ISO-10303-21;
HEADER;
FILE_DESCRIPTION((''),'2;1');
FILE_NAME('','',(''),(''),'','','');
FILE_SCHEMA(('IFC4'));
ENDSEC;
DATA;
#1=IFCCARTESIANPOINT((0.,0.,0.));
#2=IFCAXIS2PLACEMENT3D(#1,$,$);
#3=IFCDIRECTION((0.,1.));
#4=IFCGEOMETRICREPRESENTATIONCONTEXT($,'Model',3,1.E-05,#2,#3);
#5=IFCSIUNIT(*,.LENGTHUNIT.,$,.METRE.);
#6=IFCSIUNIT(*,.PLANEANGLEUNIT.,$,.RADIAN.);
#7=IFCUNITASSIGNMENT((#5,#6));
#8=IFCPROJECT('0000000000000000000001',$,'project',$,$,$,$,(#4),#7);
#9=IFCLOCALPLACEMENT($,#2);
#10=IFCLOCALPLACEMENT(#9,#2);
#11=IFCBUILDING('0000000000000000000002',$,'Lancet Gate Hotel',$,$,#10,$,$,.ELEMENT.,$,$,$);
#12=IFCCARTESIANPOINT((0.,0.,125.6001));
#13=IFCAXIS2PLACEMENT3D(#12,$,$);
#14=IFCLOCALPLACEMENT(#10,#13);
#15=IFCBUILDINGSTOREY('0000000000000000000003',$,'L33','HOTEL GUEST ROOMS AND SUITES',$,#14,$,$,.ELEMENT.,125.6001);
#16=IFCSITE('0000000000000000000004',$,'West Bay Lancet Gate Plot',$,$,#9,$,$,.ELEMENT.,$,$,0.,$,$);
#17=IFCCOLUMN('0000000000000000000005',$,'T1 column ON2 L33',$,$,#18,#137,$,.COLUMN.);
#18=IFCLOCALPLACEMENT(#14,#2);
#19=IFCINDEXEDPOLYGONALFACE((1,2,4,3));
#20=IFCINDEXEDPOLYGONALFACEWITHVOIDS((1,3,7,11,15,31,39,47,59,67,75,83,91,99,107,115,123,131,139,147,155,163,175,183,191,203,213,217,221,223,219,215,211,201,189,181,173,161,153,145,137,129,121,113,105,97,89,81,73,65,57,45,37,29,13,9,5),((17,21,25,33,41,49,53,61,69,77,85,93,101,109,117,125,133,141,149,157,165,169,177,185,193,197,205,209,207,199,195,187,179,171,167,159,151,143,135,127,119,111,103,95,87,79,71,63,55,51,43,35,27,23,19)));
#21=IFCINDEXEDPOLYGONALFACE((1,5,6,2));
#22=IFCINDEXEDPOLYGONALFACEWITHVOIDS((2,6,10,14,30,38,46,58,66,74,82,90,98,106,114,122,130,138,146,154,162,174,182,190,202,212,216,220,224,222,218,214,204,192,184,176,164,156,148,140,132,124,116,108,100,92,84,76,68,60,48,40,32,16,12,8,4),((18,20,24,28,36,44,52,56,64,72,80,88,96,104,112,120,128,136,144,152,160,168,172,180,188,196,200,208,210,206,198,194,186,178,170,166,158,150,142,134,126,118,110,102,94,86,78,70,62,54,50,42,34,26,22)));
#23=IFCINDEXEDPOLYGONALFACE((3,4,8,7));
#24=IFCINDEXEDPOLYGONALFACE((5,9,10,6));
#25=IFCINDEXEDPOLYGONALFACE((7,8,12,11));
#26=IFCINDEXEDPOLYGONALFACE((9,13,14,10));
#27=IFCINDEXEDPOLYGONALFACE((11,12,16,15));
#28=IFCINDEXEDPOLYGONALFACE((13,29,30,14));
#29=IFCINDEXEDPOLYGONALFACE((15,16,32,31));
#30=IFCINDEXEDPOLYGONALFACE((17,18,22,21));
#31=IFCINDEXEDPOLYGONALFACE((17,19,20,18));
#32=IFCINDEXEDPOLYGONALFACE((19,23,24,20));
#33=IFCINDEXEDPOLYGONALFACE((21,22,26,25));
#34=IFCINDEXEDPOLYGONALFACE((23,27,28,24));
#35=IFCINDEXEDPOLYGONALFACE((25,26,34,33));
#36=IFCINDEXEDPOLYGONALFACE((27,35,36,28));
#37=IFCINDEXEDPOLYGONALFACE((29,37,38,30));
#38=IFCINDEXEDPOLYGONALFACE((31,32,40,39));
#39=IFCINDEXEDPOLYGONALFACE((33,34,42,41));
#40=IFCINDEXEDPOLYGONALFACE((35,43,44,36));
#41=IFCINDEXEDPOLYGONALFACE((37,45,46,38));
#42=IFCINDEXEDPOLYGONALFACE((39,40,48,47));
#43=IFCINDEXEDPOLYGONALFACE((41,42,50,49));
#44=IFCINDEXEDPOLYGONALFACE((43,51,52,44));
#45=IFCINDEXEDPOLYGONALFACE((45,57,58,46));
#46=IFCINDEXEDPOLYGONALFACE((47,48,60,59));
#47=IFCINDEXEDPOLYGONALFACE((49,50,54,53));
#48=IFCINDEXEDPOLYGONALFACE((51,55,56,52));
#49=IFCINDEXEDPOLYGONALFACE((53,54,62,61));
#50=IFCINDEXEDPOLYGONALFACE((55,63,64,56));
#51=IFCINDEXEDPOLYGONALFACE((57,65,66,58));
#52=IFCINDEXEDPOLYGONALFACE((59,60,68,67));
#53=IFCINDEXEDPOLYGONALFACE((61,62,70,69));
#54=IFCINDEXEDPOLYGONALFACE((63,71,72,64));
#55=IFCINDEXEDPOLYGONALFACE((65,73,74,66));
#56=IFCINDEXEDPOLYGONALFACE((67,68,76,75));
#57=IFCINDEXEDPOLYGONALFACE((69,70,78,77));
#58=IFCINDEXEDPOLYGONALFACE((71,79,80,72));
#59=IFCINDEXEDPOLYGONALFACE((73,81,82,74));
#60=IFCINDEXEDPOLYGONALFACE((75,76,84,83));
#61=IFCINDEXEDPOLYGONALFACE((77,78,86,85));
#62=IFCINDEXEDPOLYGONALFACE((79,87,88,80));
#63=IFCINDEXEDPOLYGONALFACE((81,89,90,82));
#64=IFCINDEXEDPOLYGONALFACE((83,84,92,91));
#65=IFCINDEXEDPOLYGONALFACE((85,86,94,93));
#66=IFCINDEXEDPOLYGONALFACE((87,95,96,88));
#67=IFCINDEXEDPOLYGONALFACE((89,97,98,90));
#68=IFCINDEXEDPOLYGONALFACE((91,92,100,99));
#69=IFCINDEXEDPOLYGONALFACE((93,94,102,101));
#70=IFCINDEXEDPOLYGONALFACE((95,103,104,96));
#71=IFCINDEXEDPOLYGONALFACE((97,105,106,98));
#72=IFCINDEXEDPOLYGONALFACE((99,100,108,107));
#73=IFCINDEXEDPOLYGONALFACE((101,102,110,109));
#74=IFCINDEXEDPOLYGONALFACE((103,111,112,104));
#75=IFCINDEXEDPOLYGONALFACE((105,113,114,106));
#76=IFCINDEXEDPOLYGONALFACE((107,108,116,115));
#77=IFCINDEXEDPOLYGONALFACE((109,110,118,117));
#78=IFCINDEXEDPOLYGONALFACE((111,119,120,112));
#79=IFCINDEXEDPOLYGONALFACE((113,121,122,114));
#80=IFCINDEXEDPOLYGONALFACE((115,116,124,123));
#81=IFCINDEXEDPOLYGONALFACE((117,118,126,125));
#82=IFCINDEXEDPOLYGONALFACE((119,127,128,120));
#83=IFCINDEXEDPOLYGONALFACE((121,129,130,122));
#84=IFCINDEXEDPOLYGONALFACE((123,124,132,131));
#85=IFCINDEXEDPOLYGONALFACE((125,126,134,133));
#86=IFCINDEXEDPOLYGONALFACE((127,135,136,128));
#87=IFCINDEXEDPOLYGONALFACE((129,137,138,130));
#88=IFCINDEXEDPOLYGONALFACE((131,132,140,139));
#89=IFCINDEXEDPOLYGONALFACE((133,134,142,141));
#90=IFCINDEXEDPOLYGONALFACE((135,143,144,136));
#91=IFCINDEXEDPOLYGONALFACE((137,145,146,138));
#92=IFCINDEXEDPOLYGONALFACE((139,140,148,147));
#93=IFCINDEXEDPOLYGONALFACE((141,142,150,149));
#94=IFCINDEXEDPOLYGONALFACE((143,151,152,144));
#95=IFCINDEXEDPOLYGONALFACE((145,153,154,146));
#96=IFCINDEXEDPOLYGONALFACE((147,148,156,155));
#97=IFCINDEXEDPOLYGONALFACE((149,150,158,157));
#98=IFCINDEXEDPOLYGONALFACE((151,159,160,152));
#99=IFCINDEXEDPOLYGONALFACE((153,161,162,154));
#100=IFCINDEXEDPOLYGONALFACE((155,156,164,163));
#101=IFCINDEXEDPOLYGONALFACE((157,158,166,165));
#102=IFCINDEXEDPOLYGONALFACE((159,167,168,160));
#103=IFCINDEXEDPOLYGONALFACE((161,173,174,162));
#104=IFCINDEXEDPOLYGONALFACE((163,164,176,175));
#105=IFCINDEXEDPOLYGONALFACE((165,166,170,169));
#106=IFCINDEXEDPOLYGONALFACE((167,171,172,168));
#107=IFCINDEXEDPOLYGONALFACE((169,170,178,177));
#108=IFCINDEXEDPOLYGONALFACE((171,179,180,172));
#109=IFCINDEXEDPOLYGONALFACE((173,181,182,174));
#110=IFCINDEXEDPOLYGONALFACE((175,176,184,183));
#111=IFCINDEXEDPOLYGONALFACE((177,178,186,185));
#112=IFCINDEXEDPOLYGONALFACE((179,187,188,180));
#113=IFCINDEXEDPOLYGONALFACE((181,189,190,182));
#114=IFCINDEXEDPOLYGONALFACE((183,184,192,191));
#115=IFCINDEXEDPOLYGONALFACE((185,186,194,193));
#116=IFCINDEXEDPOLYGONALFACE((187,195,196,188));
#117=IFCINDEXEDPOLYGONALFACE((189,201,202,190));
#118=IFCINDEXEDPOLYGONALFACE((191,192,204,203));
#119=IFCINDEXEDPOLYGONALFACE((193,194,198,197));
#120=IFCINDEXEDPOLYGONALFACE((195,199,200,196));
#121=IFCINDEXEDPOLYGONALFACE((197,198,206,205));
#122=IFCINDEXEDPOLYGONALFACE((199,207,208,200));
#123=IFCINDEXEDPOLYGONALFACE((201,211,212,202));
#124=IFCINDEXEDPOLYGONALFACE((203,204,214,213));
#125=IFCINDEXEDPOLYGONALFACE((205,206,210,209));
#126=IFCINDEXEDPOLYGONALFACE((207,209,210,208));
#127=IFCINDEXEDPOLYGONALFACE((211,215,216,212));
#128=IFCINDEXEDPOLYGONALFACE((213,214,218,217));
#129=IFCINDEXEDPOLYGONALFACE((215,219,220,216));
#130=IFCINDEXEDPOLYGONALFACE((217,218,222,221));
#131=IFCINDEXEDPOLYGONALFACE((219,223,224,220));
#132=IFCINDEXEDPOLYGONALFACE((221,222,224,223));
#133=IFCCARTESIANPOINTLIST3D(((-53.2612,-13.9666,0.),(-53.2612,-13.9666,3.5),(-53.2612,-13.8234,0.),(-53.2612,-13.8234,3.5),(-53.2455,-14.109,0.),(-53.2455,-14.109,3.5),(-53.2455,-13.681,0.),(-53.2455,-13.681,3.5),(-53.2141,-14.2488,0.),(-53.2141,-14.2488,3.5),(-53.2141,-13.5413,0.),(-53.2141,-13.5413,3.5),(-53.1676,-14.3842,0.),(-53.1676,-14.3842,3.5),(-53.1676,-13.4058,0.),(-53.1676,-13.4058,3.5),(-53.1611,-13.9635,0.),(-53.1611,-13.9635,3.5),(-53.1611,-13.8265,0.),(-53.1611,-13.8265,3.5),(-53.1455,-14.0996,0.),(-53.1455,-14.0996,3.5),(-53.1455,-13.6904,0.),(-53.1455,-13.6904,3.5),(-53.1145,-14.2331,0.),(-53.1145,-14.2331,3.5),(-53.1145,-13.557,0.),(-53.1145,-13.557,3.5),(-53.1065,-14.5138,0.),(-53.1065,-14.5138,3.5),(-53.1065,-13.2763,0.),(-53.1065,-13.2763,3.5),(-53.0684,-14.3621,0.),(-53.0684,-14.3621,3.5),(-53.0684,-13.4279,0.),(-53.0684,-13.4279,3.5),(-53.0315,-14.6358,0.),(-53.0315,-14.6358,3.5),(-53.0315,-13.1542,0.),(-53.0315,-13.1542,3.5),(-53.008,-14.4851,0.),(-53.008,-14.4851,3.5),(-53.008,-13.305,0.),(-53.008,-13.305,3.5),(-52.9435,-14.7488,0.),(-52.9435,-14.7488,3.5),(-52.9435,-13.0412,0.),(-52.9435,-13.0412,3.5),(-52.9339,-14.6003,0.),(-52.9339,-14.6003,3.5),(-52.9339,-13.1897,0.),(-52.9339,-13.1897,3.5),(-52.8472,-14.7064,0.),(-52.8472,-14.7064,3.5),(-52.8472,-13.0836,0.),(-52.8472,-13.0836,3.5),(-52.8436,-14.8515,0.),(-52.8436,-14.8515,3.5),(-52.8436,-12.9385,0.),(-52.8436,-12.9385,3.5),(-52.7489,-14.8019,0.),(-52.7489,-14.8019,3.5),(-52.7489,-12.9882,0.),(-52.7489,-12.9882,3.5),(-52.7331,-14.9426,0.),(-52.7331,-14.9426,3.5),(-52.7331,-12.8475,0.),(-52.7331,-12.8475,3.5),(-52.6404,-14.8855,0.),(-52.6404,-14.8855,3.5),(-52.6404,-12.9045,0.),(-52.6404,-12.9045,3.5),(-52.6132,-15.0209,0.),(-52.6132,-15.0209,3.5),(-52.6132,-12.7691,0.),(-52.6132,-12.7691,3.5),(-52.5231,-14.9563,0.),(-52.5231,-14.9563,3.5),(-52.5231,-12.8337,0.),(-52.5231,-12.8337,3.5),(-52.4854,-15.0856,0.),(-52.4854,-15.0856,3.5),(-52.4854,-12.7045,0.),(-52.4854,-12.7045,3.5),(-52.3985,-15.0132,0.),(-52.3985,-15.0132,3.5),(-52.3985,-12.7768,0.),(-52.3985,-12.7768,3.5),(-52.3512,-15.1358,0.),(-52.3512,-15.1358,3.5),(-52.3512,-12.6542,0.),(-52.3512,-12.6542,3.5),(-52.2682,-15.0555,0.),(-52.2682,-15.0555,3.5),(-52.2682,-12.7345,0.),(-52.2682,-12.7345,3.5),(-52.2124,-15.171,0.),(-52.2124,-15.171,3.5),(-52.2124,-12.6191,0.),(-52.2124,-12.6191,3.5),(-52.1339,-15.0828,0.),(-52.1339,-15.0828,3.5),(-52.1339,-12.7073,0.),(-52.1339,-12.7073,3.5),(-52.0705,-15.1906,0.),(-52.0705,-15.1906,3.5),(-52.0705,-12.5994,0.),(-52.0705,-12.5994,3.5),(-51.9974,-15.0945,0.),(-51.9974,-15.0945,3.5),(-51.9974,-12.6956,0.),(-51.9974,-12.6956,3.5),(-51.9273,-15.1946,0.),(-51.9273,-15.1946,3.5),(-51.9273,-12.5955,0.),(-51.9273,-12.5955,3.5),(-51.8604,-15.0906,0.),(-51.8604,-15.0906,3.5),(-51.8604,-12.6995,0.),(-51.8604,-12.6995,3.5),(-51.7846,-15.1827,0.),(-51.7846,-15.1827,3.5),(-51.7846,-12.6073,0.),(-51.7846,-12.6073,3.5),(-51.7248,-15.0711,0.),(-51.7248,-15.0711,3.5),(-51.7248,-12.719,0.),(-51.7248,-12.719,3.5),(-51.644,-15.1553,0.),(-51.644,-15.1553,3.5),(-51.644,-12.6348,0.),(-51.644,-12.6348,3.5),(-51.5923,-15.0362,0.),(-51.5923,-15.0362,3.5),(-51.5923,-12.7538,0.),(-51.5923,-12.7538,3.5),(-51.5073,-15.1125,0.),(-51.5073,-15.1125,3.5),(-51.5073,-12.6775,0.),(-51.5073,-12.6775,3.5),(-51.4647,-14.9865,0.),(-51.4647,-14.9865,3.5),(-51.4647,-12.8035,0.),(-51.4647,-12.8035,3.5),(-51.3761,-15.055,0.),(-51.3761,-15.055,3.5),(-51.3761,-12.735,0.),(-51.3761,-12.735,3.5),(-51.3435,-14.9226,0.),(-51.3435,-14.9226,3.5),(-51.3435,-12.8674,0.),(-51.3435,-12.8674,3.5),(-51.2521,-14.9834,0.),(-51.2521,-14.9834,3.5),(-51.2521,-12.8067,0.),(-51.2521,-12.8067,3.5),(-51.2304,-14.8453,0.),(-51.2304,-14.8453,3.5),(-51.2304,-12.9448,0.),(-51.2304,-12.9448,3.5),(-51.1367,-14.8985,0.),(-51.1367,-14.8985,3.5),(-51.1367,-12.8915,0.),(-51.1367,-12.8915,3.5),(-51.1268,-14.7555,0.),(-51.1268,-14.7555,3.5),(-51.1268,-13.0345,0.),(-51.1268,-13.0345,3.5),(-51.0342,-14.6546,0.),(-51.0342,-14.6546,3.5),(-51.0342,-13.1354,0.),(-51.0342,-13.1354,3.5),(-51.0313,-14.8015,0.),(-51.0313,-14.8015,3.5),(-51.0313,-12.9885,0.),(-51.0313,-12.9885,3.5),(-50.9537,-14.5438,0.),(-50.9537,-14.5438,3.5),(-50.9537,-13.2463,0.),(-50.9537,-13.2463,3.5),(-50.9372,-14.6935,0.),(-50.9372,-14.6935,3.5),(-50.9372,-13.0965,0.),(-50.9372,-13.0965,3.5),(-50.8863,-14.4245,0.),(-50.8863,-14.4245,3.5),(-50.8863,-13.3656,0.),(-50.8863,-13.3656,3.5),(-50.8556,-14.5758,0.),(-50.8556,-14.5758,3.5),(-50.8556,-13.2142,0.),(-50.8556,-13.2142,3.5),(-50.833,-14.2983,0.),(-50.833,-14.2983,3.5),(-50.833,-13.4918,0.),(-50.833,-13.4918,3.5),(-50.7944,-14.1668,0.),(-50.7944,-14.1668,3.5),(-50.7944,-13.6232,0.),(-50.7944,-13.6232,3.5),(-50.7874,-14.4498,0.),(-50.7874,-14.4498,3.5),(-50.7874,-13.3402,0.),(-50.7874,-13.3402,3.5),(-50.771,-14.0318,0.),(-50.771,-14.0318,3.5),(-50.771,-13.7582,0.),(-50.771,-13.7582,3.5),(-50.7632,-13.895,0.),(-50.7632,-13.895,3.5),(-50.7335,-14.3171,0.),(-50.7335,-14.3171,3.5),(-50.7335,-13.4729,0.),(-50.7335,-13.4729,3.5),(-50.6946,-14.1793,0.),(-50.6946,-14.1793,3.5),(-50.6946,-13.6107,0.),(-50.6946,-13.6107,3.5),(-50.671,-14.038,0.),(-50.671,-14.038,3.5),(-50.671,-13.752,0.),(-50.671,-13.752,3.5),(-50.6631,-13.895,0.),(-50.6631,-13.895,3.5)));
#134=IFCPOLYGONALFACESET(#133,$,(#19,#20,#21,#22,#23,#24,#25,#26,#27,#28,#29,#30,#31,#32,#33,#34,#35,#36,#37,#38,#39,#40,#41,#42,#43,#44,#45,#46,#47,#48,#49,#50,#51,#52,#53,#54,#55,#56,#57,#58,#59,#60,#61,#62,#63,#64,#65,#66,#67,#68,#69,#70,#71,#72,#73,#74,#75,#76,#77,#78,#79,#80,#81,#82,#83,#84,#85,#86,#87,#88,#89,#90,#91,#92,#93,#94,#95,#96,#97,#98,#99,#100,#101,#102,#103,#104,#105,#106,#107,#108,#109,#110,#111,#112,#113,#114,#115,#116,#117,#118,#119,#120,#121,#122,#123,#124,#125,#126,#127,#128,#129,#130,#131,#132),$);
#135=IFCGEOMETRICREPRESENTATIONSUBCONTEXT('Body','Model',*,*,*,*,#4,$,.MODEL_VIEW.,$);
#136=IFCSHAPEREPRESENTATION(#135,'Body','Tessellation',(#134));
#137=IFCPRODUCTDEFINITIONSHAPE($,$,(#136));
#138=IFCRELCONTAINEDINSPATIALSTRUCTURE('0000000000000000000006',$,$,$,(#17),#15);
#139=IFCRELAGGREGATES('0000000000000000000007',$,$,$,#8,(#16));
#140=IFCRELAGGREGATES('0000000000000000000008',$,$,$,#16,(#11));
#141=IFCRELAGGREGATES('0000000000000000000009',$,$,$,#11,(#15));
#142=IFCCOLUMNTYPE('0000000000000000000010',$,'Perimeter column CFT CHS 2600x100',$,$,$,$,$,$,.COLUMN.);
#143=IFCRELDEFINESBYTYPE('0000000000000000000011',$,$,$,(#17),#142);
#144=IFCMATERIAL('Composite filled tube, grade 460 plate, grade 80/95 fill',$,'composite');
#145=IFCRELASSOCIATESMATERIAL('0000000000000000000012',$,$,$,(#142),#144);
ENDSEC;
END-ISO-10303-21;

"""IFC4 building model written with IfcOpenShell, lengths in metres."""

from ifc_helpers import new_model, si_unit, direction, frame, origin, origin_2d, place, context, subcontext, project, spatial, hollow_circle, extrude, material, material_profile, profile_set, type_object, element, save


model = new_model("IFC4")

# Units and contexts
model_context = context("Model", 3, precision=1e-05, world=origin(), true_north=direction((0.0, 1.0)))
body_context = subcontext(model_context, "Body", "Model", "MODEL_VIEW")
ifc_project = project(units=[si_unit("LENGTHUNIT", "METRE"), si_unit("PLANEANGLEUNIT", "RADIAN")], contexts=[model_context])

# Site, building, storey
site_placement = place(None, origin())
site = spatial("IfcSite", under=ifc_project, at=site_placement, Name="West Bay Lancet Gate Plot", CompositionType="ELEMENT", RefElevation=0.0)
building_placement = place(site_placement, origin())
building = spatial("IfcBuilding", under=site, at=building_placement, Name="Lancet Gate Hotel", CompositionType="ELEMENT")
storey_placement = place(building_placement, frame((0.0, 0.0, 125.6001)))
storey = spatial("IfcBuildingStorey", under=building, at=storey_placement, Name="L33", Description="HOTEL GUEST ROOMS AND SUITES", CompositionType="ELEMENT", Elevation=125.6001)

# Column
ifc_material_1 = material(Name="Composite filled tube, grade 460 plate, grade 80/95 fill", Category="composite")
ifc_material_profile_1 = material_profile(ifc_material_1, hollow_circle(Radius=1.3, WallThickness=0.1001, at=origin_2d()), Name="CHS 2600x100")
ifc_profile_set_1 = profile_set([ifc_material_profile_1], Name="Composite filled tube, grade 460 plate, grade 80/95 fill")
column_type = type_object("IfcColumnType", Name="Perimeter column CFT CHS 2600x100", PredefinedType="COLUMN", material=ifc_profile_set_1)
for number, where, z_axis, x_axis, name in (
    (1, (-51.9631, -13.895, 0.0), (0.0, 0.0, 1.0), (1.0, 0.0, 0.0), "T1 column ON2 L33"),
):
    element("IfcColumn", number, at=place(storey_placement, frame(where, z_axis=z_axis, x_axis=x_axis)), inside=storey, type_object=column_type, Name=name, PredefinedType="COLUMN", context=body_context, shape_type="SweptSolid", body=[
        extrude(hollow_circle(Radius=1.3, WallThickness=0.1001, at=origin_2d()), origin(), (0.0, 0.0, 1.0), 3.5),
    ])

save(model, "model.ifc")
